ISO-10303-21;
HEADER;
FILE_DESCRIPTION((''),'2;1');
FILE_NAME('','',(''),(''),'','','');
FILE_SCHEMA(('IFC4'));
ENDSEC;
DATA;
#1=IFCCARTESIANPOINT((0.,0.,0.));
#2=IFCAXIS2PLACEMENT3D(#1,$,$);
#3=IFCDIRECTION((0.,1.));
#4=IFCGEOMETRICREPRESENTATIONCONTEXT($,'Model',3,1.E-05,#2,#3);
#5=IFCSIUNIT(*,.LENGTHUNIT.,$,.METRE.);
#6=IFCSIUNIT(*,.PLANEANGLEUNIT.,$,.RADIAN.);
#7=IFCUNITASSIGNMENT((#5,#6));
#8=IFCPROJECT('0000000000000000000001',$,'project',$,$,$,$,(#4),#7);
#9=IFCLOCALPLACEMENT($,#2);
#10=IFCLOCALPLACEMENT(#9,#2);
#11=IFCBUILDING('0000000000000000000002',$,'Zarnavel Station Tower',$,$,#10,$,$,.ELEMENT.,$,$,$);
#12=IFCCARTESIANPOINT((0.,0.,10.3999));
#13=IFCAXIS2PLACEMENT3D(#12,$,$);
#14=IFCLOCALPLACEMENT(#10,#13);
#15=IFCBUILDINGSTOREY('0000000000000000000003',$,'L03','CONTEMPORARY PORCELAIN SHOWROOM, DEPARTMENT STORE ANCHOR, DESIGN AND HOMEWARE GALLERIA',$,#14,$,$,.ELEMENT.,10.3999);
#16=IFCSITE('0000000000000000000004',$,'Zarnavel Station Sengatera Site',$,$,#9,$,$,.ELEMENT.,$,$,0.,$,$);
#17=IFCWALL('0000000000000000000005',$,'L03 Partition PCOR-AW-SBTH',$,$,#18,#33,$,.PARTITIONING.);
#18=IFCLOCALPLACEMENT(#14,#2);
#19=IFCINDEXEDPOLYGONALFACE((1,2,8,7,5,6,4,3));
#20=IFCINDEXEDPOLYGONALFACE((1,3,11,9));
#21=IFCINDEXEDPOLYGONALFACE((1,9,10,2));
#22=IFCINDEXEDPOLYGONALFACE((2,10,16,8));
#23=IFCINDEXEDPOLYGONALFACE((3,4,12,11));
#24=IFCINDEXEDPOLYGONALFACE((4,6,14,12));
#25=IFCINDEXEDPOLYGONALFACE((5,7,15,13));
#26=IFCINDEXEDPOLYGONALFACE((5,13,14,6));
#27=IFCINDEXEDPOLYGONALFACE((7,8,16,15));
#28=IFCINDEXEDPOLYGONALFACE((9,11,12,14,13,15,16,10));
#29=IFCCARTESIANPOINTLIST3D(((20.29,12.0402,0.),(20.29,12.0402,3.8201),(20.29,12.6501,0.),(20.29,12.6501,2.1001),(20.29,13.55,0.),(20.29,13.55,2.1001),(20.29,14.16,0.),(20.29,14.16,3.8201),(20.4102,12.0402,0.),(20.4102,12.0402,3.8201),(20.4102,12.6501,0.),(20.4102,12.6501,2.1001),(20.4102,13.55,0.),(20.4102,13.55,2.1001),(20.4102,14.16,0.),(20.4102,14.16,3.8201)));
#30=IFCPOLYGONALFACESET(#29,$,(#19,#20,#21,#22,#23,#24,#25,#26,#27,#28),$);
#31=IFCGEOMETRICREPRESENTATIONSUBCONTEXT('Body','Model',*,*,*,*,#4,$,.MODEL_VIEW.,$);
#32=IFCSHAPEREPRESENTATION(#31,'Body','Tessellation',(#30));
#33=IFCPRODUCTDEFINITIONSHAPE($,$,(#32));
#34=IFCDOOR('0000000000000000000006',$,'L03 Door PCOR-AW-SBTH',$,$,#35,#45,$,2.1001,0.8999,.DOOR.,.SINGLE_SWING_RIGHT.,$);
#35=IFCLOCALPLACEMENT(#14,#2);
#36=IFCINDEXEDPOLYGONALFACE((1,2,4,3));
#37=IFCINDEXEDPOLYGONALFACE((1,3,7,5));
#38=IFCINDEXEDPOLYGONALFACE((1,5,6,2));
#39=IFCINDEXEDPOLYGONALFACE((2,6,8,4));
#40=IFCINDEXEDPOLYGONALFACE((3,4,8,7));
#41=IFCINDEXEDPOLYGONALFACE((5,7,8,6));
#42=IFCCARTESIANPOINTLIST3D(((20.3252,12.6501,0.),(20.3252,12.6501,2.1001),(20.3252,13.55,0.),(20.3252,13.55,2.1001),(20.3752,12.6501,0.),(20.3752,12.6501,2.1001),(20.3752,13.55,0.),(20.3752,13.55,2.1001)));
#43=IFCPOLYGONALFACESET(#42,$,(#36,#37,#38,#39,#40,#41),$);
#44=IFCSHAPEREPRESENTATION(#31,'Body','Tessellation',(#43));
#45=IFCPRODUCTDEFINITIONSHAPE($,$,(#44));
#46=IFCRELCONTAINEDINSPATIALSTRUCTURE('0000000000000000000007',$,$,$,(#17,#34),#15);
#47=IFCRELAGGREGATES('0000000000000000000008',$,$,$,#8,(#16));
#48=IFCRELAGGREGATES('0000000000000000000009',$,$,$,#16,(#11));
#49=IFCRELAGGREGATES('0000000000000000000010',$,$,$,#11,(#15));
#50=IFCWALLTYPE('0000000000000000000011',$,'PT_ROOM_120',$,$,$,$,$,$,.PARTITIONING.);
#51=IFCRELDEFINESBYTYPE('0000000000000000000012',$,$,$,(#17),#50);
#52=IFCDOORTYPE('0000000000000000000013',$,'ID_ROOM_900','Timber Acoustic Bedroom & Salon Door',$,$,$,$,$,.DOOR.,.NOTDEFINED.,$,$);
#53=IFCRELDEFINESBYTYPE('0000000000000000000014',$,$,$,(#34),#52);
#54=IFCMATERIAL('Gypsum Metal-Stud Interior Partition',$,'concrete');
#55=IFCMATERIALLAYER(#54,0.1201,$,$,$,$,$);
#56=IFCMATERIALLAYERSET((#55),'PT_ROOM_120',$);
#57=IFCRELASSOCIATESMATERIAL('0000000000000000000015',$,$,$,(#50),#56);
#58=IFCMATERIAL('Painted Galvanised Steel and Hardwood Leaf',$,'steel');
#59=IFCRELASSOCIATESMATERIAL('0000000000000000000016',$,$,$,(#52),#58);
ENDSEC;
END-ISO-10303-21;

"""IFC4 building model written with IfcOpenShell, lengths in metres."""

from ifc_helpers import new_model, si_unit, direction, frame, frame_2d, origin, place, context, subcontext, project, spatial, rectangle, extrude, material, layer, layer_set, type_object, element, fill, save


model = new_model("IFC4")

# Units and contexts
model_context = context("Model", 3, precision=1e-05, world=origin(), true_north=direction((0.0, 1.0)))
body_context = subcontext(model_context, "Body", "Model", "MODEL_VIEW")
ifc_project = project(units=[si_unit("LENGTHUNIT", "METRE"), si_unit("PLANEANGLEUNIT", "RADIAN")], contexts=[model_context])

# Site, building, storey
site_placement = place(None, origin())
site = spatial("IfcSite", under=ifc_project, at=site_placement, Name="Zarnavel Station Sengatera Site", CompositionType="ELEMENT", RefElevation=0.0)
building_placement = place(site_placement, origin())
building = spatial("IfcBuilding", under=site, at=building_placement, Name="Zarnavel Station Tower", CompositionType="ELEMENT")
storey_placement = place(building_placement, frame((0.0, 0.0, 10.3999)))
storey = spatial("IfcBuildingStorey", under=building, at=storey_placement, Name="L03", Description="CONTEMPORARY PORCELAIN SHOWROOM, DEPARTMENT STORE ANCHOR, DESIGN AND HOMEWARE GALLERIA", CompositionType="ELEMENT", Elevation=10.3999)

# Wall, opening, door
ifc_material_1 = material(Name="Gypsum Metal-Stud Interior Partition", Category="concrete")
ifc_layer_1 = layer(ifc_material_1, 0.1201)
ifc_layer_set_1 = layer_set([ifc_layer_1], Name="PT_ROOM_120")
wall_type_1 = type_object("IfcWallType", Name="PT_ROOM_120", PredefinedType="PARTITIONING", material=ifc_layer_set_1)
wall_1_placement = place(storey_placement, frame((20.3501, 12.04, 0.0), z_axis=(0.0, 0.0, 1.0), x_axis=(0.0, 1.0, 0.0)))
wall_1 = element("IfcWall", 1, at=wall_1_placement, inside=storey, type_object=wall_type_1, Name="L03 Partition PCOR-AW-SBTH", PredefinedType="PARTITIONING", context=body_context, shape_type="SweptSolid", body=[
    extrude(rectangle(XDim=2.1199, YDim=0.1201, at=frame_2d((1.0601, 0.0))), origin(), (0.0, 0.0, 1.0), 3.8201),
])
opening_1_placement = place(wall_1_placement, frame((0.6101, 0.0, 0.0)))
opening_1 = element("IfcOpeningElement", 2, at=opening_1_placement, cuts=wall_1, PredefinedType="OPENING", context=body_context, shape_type="SweptSolid", body=[
    extrude(rectangle(XDim=0.8999, YDim=2.1001, at=frame_2d((0.45, 1.05))), frame((0.0, 0.0701, 0.0), z_axis=(0.0, -1.0, 0.0), x_axis=(1.0, 0.0, 0.0)), (0.0, 0.0, 1.0), 0.1401),
])
ifc_material_2 = material(Name="Painted Galvanised Steel and Hardwood Leaf", Category="steel")
door_type_1 = type_object("IfcDoorType", Name="ID_ROOM_900", Description="Timber Acoustic Bedroom & Salon Door", OperationType="NOTDEFINED", PredefinedType="DOOR", material=ifc_material_2)
door_1_placement = place(opening_1_placement, origin())
door_1 = element("IfcDoor", 3, at=door_1_placement, inside=storey, type_object=door_type_1, Name="L03 Door PCOR-AW-SBTH", OperationType="SINGLE_SWING_RIGHT", OverallHeight=2.1001, OverallWidth=0.8999, PredefinedType="DOOR", context=body_context, shape_type="SweptSolid", body=[
    extrude(rectangle(XDim=0.8999, YDim=2.1001, at=frame_2d((0.45, 1.05))), frame((0.0, 0.0249, 0.0), z_axis=(0.0, -1.0, 0.0), x_axis=(1.0, 0.0, 0.0)), (0.0, 0.0, 1.0), 0.05),
])
fill(opening_1, door_1)

save(model, "model.ifc")
